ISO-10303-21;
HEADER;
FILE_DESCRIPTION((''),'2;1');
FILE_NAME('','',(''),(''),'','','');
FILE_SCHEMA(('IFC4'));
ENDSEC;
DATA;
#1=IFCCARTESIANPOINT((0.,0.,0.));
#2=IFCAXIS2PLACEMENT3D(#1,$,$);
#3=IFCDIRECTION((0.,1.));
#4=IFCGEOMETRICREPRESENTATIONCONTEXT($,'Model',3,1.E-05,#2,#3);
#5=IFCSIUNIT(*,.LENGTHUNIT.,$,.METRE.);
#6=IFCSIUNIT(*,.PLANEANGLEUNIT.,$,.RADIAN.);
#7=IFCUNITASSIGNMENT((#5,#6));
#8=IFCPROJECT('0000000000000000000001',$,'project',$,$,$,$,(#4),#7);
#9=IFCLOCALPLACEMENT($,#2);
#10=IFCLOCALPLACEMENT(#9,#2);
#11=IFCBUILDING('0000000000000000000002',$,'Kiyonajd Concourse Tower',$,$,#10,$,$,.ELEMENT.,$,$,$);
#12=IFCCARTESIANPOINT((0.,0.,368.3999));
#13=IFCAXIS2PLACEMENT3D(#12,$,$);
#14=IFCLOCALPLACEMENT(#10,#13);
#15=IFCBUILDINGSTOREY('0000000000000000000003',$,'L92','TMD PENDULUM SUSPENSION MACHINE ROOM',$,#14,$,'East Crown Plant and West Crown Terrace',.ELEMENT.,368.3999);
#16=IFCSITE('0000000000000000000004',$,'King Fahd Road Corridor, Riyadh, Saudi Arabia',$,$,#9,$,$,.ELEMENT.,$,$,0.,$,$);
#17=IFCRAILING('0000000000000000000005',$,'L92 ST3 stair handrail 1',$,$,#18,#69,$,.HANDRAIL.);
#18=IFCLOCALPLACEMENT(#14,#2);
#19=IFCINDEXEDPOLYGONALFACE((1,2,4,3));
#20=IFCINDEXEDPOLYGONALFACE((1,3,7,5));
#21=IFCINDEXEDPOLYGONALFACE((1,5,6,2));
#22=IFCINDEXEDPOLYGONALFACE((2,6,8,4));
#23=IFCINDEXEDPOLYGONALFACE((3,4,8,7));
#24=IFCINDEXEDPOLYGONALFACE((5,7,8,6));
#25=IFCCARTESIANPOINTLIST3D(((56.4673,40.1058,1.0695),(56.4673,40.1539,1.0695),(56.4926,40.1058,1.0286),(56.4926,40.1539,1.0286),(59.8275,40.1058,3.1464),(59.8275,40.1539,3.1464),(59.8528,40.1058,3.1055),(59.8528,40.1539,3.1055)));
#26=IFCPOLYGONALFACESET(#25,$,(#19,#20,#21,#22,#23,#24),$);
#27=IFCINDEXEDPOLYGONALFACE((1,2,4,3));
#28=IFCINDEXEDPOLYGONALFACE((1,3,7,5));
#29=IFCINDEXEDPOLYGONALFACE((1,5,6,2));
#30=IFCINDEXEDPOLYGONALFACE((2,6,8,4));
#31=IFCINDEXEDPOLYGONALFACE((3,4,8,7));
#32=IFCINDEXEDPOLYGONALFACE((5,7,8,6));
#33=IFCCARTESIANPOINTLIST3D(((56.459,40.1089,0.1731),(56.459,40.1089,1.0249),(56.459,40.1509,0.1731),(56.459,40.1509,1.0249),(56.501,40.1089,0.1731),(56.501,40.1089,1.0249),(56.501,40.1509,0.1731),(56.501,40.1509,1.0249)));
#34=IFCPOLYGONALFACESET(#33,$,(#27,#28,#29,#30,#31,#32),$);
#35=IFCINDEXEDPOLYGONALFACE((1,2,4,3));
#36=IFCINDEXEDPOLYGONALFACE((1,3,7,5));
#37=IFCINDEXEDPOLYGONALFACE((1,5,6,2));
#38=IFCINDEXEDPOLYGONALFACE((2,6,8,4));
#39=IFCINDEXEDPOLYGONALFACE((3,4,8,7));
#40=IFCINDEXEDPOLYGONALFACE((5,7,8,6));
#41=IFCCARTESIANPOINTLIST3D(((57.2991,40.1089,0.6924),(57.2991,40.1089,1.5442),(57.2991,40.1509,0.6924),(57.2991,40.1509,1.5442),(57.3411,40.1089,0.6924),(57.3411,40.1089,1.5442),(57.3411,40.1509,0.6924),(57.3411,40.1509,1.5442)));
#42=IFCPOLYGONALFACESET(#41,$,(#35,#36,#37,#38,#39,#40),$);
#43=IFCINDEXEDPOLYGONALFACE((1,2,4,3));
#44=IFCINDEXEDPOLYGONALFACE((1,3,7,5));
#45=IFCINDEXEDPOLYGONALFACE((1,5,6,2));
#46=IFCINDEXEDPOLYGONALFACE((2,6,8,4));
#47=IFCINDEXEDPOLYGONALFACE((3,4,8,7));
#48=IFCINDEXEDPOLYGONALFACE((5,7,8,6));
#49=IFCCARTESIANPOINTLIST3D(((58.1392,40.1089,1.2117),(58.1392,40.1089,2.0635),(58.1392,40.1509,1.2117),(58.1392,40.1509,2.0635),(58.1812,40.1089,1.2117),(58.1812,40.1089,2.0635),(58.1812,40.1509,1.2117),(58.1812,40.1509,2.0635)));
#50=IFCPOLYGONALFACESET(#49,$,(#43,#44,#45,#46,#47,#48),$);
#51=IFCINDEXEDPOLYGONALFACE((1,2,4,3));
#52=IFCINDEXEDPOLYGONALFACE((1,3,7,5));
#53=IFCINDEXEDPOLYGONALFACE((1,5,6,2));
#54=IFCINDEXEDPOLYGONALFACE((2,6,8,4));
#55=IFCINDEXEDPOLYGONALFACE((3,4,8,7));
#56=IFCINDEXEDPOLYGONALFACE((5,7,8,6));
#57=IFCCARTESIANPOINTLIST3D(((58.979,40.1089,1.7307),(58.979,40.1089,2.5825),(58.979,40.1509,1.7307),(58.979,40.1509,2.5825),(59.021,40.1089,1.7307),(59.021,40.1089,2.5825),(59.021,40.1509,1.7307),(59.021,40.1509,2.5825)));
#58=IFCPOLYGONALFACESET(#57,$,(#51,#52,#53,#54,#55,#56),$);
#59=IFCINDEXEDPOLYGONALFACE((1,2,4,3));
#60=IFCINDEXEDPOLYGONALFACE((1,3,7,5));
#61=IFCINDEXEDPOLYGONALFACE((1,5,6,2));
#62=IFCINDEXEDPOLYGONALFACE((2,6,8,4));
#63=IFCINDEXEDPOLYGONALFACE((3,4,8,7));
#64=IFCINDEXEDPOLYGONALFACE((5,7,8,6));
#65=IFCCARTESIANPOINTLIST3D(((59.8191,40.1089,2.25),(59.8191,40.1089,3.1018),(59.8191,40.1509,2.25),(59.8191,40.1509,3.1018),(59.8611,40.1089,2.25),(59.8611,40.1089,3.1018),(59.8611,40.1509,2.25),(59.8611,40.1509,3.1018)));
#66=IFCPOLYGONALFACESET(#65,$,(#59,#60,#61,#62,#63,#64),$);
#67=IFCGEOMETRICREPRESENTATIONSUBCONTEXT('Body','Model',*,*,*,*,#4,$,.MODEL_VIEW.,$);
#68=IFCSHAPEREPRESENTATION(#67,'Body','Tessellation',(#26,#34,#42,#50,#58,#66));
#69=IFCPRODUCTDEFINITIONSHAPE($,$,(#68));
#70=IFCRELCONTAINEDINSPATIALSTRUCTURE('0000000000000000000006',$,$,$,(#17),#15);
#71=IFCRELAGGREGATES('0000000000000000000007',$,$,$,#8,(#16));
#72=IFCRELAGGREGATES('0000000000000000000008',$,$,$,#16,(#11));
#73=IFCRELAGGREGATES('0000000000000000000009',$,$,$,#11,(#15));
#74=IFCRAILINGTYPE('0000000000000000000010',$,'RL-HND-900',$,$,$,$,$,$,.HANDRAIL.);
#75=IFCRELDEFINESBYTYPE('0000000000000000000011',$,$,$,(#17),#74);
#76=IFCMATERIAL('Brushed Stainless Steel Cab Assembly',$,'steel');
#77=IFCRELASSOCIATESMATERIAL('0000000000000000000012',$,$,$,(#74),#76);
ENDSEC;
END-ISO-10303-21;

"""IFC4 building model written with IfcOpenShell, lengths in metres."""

from ifc_helpers import new_model, si_unit, direction, frame, origin, origin_2d, place, context, subcontext, project, spatial, rectangle, extrude, material, type_object, element, save


model = new_model("IFC4")

# Units and contexts
model_context = context("Model", 3, precision=1e-05, world=origin(), true_north=direction((0.0, 1.0)))
body_context = subcontext(model_context, "Body", "Model", "MODEL_VIEW")
ifc_project = project(units=[si_unit("LENGTHUNIT", "METRE"), si_unit("PLANEANGLEUNIT", "RADIAN")], contexts=[model_context])

# Site, building, storey
site_placement = place(None, origin())
site = spatial("IfcSite", under=ifc_project, at=site_placement, Name="King Fahd Road Corridor, Riyadh, Saudi Arabia", CompositionType="ELEMENT", RefElevation=0.0)
building_placement = place(site_placement, origin())
building = spatial("IfcBuilding", under=site, at=building_placement, Name="Kiyonajd Concourse Tower", CompositionType="ELEMENT")
storey_placement = place(building_placement, frame((0.0, 0.0, 368.3999)))
storey = spatial("IfcBuildingStorey", under=building, at=storey_placement, Name="L92", Description="TMD PENDULUM SUSPENSION MACHINE ROOM", LongName="East Crown Plant and West Crown Terrace", CompositionType="ELEMENT", Elevation=368.3999)

# Shared definitions
ifc_material_1 = material(Name="Brushed Stainless Steel Cab Assembly", Category="steel")

# Railing
railing_type_1 = type_object("IfcRailingType", Name="RL-HND-900", PredefinedType="HANDRAIL", material=ifc_material_1)
railing_1_placement = place(storey_placement, frame((56.48, 40.1299, 0.1731)))
element("IfcRailing", 1, at=railing_1_placement, inside=storey, type_object=railing_type_1, Name="L92 ST3 stair handrail 1", PredefinedType="HANDRAIL", context=body_context, shape_type="SweptSolid", body=[
    extrude(rectangle(XDim=0.0481, YDim=0.0481, at=origin_2d()), frame((0.0, 0.0, 0.876), z_axis=(0.850623, 0.0, 0.525776), x_axis=(0.0, 1.0, 0.0)), (0.0, 0.0, 1.0), 3.9502),
    extrude(rectangle(XDim=0.042, YDim=0.042, at=origin_2d()), origin(), (0.0, 0.0, 1.0), 0.8518),
    extrude(rectangle(XDim=0.042, YDim=0.042, at=origin_2d()), frame((0.8401, 0.0, 0.5193)), (0.0, 0.0, 1.0), 0.8518),
    extrude(rectangle(XDim=0.042, YDim=0.042, at=origin_2d()), frame((1.6802, 0.0, 1.0386)), (0.0, 0.0, 1.0), 0.8518),
    extrude(rectangle(XDim=0.042, YDim=0.042, at=origin_2d()), frame((2.52, 0.0, 1.5576)), (0.0, 0.0, 1.0), 0.8518),
    extrude(rectangle(XDim=0.042, YDim=0.042, at=origin_2d()), frame((3.3601, 0.0, 2.0769)), (0.0, 0.0, 1.0), 0.8518),
])

save(model, "model.ifc")
